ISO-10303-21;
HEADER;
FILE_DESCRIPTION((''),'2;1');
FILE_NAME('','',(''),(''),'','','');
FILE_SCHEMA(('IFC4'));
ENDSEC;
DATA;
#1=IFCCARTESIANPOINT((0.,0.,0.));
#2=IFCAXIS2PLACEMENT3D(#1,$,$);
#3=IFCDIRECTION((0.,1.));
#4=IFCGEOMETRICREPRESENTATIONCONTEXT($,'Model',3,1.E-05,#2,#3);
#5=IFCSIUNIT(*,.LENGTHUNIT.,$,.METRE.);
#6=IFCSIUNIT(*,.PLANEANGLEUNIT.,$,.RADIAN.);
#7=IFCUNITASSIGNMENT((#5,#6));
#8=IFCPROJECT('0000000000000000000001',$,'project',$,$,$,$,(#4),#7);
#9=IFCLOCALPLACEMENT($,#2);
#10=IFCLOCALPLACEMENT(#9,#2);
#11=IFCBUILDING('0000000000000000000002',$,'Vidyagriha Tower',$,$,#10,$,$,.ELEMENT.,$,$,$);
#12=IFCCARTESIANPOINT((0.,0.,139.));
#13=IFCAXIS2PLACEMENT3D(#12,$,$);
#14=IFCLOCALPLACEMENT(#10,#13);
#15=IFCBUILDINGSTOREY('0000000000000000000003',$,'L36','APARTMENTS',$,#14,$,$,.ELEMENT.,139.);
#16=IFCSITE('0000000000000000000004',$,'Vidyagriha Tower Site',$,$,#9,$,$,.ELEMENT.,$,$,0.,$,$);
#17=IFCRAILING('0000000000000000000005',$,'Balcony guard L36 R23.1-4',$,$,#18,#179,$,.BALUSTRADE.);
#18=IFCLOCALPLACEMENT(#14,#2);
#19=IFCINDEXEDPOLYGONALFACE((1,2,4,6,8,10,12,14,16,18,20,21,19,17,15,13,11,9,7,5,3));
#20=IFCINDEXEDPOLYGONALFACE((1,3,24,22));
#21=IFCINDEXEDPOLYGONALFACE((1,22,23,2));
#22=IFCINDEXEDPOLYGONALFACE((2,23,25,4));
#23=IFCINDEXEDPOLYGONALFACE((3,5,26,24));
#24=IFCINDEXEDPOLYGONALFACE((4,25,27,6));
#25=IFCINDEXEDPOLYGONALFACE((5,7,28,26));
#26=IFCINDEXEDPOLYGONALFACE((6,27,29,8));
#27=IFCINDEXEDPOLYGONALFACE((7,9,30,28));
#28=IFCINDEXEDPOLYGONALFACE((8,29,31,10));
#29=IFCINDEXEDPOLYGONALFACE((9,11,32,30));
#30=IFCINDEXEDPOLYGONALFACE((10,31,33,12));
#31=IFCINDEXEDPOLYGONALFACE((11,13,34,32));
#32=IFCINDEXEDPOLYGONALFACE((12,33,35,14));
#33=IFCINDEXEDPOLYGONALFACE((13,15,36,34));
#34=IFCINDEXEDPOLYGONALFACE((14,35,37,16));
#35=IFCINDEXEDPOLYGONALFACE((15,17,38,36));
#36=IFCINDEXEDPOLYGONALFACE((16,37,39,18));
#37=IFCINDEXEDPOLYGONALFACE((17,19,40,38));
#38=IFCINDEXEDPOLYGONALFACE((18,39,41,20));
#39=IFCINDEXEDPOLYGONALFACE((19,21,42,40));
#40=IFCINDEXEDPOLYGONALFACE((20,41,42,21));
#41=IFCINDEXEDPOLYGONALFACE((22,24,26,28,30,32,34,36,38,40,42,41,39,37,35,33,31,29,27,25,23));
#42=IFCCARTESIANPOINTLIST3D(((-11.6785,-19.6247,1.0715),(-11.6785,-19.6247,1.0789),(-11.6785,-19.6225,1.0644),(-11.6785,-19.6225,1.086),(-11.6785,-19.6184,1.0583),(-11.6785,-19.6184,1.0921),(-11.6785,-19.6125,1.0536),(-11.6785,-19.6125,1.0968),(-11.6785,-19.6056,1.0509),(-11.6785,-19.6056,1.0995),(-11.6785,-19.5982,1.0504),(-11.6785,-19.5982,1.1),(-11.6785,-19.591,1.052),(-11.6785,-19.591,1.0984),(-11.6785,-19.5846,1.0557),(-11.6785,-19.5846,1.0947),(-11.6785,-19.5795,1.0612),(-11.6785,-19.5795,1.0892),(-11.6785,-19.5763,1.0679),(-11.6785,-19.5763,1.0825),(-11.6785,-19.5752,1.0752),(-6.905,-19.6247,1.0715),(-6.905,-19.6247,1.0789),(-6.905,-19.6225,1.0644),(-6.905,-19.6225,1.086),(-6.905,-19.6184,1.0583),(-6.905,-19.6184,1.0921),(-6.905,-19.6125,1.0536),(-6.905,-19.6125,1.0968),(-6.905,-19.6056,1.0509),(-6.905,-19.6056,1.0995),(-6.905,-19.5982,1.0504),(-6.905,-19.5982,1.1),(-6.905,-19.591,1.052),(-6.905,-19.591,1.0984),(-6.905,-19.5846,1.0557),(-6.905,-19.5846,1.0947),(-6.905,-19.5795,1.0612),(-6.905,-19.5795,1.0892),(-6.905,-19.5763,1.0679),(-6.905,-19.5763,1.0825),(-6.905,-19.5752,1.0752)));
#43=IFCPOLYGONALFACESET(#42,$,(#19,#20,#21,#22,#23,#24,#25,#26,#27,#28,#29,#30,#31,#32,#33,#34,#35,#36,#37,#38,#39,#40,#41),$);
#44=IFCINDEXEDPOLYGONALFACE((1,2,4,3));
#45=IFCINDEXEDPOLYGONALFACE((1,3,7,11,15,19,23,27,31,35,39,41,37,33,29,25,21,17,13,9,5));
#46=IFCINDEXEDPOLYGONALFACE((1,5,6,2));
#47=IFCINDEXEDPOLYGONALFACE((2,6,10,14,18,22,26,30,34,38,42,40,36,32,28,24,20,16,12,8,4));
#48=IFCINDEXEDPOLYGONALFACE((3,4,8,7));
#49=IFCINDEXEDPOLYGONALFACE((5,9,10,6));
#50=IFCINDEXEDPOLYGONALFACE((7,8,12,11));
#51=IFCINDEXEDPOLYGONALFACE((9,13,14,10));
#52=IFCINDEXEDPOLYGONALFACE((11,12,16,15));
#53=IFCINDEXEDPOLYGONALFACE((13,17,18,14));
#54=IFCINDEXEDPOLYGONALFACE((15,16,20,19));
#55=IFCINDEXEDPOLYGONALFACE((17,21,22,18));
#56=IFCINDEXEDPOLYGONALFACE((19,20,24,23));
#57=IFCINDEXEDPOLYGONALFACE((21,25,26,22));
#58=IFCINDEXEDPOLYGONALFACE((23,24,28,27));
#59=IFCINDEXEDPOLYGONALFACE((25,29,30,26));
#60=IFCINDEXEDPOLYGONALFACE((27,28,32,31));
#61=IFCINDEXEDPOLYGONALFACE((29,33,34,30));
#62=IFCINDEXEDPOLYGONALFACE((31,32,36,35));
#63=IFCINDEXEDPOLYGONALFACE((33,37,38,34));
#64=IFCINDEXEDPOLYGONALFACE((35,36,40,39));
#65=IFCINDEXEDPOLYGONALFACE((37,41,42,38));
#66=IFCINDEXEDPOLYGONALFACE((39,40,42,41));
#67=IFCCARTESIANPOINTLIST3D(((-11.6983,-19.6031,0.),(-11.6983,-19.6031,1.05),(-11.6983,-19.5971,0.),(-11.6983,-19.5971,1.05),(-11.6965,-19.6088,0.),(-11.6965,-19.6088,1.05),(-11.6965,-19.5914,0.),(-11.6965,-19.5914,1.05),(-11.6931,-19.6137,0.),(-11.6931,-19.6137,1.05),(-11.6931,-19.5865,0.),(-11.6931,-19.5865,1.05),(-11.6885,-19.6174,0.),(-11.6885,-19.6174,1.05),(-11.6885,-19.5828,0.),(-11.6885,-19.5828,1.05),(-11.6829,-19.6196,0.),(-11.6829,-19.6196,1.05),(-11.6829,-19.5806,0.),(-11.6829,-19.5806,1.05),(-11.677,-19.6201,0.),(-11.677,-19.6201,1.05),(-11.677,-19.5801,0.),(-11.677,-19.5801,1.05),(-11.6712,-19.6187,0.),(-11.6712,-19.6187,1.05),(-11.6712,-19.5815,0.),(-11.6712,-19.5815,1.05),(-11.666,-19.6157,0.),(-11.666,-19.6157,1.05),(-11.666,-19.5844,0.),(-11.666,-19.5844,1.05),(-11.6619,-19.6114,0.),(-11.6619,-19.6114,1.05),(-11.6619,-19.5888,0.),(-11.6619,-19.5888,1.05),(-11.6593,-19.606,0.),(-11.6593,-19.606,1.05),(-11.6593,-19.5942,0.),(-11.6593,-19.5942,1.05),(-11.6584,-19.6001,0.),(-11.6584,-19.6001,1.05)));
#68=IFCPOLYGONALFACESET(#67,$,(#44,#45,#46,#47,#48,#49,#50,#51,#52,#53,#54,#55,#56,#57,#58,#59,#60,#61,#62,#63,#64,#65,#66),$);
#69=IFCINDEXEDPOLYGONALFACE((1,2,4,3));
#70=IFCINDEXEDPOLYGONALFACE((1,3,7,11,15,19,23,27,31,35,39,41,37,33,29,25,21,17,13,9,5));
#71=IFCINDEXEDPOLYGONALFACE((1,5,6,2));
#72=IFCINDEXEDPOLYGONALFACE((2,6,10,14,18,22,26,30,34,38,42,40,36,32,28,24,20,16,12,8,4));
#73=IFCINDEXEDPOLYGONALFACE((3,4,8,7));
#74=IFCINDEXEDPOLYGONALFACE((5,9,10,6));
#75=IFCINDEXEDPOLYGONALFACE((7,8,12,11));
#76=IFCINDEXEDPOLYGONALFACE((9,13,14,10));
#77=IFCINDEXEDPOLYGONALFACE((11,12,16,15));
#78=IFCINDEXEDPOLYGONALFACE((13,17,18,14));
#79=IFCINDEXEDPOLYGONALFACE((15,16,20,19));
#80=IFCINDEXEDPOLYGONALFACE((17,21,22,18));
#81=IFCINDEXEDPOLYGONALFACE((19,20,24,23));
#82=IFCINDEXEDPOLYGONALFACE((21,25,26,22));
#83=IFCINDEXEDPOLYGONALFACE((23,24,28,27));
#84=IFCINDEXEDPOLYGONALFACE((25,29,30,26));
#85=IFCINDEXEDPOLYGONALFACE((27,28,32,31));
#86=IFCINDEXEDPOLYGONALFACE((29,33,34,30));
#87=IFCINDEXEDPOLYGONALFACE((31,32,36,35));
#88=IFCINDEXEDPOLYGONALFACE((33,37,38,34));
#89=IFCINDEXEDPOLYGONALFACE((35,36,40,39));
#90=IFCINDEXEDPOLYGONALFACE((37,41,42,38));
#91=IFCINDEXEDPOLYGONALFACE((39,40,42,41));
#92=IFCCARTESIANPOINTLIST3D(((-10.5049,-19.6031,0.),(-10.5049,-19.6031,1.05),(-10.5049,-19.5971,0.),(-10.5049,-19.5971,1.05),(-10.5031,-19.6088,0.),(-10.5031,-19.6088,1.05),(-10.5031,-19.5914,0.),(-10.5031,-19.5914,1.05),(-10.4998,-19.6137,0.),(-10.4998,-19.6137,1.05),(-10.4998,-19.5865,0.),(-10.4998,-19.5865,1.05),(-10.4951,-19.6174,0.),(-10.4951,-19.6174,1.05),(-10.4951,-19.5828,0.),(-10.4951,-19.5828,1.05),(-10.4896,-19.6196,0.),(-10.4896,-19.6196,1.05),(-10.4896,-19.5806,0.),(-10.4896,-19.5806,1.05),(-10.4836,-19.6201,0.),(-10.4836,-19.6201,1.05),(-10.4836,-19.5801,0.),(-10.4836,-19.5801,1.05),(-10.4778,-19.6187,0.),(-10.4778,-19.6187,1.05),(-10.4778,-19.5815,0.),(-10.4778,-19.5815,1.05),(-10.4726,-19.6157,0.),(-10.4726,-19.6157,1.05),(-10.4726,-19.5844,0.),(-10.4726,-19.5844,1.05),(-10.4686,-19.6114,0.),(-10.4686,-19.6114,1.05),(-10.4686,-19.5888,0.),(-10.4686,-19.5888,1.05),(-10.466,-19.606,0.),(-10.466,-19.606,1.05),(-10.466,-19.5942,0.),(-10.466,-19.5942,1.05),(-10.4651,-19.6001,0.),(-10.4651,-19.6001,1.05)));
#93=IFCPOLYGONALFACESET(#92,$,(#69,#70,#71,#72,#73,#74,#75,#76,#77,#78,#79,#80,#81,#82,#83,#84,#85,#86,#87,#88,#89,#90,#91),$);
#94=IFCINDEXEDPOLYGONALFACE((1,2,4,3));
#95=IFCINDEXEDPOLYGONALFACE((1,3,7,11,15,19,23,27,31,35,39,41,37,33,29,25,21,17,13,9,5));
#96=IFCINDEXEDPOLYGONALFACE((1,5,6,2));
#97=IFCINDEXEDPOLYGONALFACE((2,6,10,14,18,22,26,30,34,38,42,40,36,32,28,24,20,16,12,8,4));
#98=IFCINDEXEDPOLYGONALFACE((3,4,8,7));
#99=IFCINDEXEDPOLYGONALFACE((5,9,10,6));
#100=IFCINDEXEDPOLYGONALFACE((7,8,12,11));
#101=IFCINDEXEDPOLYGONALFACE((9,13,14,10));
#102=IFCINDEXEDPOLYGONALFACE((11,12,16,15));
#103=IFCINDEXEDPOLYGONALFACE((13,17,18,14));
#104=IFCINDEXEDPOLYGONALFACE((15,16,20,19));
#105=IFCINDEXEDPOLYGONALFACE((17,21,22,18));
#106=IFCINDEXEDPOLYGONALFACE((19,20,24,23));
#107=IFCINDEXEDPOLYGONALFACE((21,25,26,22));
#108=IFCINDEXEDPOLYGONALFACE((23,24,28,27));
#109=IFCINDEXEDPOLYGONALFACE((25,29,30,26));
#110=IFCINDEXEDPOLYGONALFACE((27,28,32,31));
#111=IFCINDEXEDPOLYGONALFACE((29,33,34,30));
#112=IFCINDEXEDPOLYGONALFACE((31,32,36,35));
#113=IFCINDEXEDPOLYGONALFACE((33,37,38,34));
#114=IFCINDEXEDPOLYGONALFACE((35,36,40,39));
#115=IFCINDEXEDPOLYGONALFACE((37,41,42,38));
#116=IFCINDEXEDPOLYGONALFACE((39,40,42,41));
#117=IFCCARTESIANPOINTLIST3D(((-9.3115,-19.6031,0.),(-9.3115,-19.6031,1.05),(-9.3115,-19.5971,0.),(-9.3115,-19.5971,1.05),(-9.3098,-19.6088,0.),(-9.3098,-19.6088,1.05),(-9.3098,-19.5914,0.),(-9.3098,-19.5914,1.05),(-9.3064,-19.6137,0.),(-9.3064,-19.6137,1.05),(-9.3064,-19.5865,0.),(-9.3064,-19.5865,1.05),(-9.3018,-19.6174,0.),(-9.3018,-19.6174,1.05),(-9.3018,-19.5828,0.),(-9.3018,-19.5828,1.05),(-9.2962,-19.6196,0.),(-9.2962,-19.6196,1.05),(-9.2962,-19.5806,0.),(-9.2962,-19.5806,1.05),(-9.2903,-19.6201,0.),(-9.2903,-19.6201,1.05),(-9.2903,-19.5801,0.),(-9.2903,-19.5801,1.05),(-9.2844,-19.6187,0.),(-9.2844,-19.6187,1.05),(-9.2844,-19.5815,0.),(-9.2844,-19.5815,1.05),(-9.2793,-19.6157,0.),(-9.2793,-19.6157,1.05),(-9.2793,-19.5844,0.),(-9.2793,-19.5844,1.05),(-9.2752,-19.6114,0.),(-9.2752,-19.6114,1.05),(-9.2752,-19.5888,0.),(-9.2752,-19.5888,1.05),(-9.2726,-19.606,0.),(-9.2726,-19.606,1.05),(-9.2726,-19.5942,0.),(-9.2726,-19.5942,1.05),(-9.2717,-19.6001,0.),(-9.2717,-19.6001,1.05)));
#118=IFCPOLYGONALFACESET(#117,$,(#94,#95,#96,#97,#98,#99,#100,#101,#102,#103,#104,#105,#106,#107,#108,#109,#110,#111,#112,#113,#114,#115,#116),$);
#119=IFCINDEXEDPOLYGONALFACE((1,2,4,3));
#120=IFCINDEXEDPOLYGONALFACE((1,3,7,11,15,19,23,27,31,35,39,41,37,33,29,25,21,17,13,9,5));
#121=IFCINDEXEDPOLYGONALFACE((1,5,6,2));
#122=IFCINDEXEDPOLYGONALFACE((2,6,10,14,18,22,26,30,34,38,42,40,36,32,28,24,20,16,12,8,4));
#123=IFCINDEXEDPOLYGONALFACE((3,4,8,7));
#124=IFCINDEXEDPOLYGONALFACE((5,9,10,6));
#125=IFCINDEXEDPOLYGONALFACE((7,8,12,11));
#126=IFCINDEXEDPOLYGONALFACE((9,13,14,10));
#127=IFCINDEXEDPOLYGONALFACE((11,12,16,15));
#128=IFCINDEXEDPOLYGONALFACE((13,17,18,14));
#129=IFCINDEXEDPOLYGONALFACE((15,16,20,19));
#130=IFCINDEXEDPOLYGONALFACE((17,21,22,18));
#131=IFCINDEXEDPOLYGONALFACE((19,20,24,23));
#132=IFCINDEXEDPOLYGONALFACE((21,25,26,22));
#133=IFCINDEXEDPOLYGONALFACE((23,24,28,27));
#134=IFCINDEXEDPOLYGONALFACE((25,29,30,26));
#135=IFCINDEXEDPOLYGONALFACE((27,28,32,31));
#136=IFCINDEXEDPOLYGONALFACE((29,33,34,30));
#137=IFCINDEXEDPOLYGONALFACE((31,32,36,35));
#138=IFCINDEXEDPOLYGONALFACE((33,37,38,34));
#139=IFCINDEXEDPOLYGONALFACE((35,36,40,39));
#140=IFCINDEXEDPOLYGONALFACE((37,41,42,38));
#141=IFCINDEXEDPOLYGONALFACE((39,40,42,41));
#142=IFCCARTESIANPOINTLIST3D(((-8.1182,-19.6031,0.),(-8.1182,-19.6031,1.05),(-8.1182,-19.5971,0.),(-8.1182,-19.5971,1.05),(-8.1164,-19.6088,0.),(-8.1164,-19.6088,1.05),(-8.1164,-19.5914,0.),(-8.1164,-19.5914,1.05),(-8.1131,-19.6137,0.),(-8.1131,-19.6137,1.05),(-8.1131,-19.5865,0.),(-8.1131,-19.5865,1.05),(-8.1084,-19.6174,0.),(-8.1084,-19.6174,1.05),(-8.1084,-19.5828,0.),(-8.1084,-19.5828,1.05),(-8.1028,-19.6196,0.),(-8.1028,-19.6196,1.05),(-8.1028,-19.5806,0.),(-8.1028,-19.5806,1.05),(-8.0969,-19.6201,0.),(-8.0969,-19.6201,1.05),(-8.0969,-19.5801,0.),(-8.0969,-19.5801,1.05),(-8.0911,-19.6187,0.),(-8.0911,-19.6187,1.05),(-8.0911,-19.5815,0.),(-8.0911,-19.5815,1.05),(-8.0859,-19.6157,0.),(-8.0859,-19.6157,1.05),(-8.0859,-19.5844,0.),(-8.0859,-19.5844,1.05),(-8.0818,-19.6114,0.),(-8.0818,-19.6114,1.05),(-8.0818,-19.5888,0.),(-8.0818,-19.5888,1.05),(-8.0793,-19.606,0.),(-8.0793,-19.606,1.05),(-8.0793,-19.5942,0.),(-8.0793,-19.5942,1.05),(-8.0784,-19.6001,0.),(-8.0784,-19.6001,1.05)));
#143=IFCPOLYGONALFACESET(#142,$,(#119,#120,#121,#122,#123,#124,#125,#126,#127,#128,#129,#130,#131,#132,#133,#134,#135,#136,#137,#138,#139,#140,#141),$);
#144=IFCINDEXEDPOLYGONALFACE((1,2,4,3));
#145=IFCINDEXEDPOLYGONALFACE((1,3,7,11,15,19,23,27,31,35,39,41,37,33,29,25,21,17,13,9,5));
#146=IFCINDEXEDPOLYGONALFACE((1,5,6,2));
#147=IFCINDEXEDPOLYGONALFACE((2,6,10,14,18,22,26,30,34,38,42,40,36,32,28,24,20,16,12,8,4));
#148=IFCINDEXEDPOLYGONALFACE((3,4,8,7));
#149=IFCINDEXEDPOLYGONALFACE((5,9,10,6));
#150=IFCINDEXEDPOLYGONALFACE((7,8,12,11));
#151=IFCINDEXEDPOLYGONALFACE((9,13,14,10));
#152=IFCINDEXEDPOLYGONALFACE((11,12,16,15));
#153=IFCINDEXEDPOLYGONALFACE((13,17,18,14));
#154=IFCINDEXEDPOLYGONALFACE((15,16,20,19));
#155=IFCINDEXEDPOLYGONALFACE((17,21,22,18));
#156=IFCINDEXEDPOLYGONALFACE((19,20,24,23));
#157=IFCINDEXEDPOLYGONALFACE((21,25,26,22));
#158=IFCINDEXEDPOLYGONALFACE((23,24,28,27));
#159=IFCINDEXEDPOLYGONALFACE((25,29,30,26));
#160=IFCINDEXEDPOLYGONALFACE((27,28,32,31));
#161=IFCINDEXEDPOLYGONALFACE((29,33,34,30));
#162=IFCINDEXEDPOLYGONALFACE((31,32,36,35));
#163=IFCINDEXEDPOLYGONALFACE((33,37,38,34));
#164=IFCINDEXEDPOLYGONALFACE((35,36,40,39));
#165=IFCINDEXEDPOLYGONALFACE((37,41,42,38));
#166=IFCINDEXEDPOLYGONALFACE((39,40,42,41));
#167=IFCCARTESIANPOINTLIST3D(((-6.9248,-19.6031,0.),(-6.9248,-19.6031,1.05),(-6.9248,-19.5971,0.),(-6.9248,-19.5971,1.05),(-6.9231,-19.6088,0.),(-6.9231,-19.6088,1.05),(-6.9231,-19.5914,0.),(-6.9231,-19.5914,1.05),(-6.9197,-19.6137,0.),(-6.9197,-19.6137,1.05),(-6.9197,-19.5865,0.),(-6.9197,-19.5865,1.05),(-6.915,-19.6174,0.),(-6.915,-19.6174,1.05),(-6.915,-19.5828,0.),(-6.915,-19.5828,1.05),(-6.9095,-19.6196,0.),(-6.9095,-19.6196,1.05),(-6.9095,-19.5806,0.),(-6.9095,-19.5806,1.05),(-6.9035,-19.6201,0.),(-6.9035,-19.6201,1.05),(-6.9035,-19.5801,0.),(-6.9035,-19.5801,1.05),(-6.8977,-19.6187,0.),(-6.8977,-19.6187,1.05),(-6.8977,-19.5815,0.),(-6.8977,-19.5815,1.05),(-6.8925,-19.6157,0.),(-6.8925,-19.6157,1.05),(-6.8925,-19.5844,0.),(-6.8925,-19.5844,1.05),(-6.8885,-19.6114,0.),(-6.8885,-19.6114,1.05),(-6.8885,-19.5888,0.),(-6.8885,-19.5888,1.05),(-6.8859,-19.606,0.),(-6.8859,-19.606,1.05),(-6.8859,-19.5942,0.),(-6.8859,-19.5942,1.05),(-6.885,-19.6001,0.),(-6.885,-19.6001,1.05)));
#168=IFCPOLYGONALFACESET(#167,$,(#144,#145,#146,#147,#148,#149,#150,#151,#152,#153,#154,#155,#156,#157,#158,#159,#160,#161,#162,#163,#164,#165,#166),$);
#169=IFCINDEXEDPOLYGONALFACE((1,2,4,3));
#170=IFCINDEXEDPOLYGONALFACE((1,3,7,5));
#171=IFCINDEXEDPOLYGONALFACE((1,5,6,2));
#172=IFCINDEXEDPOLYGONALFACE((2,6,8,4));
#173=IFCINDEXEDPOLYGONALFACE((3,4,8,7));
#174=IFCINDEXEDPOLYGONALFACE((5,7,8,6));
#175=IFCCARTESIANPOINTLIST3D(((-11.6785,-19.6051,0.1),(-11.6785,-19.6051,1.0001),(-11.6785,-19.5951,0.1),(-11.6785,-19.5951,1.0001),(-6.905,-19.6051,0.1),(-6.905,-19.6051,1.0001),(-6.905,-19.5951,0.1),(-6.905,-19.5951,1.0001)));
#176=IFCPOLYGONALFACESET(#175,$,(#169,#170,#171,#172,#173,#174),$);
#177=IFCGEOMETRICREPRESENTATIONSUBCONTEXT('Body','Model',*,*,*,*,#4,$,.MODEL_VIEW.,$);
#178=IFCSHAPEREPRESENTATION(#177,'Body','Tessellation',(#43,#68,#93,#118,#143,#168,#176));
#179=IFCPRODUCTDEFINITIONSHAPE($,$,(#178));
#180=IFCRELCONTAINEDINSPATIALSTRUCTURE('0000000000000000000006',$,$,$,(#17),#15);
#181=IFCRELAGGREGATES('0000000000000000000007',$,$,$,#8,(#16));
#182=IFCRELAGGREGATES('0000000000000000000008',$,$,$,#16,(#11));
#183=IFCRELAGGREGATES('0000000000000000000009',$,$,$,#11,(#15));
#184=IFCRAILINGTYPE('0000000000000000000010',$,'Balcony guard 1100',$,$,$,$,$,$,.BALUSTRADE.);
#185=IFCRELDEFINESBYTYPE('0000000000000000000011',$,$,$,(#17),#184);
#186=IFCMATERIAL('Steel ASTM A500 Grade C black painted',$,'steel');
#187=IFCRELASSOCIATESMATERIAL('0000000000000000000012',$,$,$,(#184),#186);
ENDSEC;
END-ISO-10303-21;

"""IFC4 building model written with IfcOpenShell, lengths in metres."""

from ifc_helpers import new_model, si_unit, direction, frame, origin, origin_2d, place, context, subcontext, project, spatial, rectangle, circle, extrude, material, type_object, element, save


model = new_model("IFC4")

# Units and contexts
model_context = context("Model", 3, precision=1e-05, world=origin(), true_north=direction((0.0, 1.0)))
body_context = subcontext(model_context, "Body", "Model", "MODEL_VIEW")
ifc_project = project(units=[si_unit("LENGTHUNIT", "METRE"), si_unit("PLANEANGLEUNIT", "RADIAN")], contexts=[model_context])

# Site, building, storey
site_placement = place(None, origin())
site = spatial("IfcSite", under=ifc_project, at=site_placement, Name="Vidyagriha Tower Site", CompositionType="ELEMENT", RefElevation=0.0)
building_placement = place(site_placement, origin())
building = spatial("IfcBuilding", under=site, at=building_placement, Name="Vidyagriha Tower", CompositionType="ELEMENT")
storey_placement = place(building_placement, frame((0.0, 0.0, 139.0)))
storey = spatial("IfcBuildingStorey", under=building, at=storey_placement, Name="L36", Description="APARTMENTS", CompositionType="ELEMENT", Elevation=139.0)

# Railing
ifc_material_1 = material(Name="Steel ASTM A500 Grade C black painted", Category="steel")
railing_type = type_object("IfcRailingType", Name="Balcony guard 1100", PredefinedType="BALUSTRADE", material=ifc_material_1)
railing_1_placement = place(storey_placement, frame((-11.6785, -19.6001, 0.0)))
element("IfcRailing", 1, at=railing_1_placement, inside=storey, type_object=railing_type, Name="Balcony guard L36 R23.1-4", PredefinedType="BALUSTRADE", context=body_context, shape_type="SweptSolid", body=[
    extrude(circle(Radius=0.0249, at=origin_2d()), frame((0.0, 0.0, 1.0752), z_axis=(1.0, 0.0, 0.0), x_axis=(0.0, 1.0, 0.0)), (0.0, 0.0, 1.0), 4.7734),
    extrude(circle(Radius=0.02, at=origin_2d()), origin(), (0.0, 0.0, 1.0), 1.05),
    extrude(circle(Radius=0.02, at=origin_2d()), frame((1.1934, 0.0, 0.0)), (0.0, 0.0, 1.0), 1.05),
    extrude(circle(Radius=0.02, at=origin_2d()), frame((2.3867, 0.0, 0.0)), (0.0, 0.0, 1.0), 1.05),
    extrude(circle(Radius=0.02, at=origin_2d()), frame((3.5801, 0.0, 0.0)), (0.0, 0.0, 1.0), 1.05),
    extrude(circle(Radius=0.02, at=origin_2d()), frame((4.7734, 0.0, 0.0)), (0.0, 0.0, 1.0), 1.05),
    extrude(rectangle(XDim=0.01, YDim=0.9001, at=origin_2d()), frame((0.0, 0.0, 0.55), z_axis=(1.0, 0.0, 0.0), x_axis=(0.0, 1.0, 0.0)), (0.0, 0.0, 1.0), 4.7734),
])

save(model, "model.ifc")
